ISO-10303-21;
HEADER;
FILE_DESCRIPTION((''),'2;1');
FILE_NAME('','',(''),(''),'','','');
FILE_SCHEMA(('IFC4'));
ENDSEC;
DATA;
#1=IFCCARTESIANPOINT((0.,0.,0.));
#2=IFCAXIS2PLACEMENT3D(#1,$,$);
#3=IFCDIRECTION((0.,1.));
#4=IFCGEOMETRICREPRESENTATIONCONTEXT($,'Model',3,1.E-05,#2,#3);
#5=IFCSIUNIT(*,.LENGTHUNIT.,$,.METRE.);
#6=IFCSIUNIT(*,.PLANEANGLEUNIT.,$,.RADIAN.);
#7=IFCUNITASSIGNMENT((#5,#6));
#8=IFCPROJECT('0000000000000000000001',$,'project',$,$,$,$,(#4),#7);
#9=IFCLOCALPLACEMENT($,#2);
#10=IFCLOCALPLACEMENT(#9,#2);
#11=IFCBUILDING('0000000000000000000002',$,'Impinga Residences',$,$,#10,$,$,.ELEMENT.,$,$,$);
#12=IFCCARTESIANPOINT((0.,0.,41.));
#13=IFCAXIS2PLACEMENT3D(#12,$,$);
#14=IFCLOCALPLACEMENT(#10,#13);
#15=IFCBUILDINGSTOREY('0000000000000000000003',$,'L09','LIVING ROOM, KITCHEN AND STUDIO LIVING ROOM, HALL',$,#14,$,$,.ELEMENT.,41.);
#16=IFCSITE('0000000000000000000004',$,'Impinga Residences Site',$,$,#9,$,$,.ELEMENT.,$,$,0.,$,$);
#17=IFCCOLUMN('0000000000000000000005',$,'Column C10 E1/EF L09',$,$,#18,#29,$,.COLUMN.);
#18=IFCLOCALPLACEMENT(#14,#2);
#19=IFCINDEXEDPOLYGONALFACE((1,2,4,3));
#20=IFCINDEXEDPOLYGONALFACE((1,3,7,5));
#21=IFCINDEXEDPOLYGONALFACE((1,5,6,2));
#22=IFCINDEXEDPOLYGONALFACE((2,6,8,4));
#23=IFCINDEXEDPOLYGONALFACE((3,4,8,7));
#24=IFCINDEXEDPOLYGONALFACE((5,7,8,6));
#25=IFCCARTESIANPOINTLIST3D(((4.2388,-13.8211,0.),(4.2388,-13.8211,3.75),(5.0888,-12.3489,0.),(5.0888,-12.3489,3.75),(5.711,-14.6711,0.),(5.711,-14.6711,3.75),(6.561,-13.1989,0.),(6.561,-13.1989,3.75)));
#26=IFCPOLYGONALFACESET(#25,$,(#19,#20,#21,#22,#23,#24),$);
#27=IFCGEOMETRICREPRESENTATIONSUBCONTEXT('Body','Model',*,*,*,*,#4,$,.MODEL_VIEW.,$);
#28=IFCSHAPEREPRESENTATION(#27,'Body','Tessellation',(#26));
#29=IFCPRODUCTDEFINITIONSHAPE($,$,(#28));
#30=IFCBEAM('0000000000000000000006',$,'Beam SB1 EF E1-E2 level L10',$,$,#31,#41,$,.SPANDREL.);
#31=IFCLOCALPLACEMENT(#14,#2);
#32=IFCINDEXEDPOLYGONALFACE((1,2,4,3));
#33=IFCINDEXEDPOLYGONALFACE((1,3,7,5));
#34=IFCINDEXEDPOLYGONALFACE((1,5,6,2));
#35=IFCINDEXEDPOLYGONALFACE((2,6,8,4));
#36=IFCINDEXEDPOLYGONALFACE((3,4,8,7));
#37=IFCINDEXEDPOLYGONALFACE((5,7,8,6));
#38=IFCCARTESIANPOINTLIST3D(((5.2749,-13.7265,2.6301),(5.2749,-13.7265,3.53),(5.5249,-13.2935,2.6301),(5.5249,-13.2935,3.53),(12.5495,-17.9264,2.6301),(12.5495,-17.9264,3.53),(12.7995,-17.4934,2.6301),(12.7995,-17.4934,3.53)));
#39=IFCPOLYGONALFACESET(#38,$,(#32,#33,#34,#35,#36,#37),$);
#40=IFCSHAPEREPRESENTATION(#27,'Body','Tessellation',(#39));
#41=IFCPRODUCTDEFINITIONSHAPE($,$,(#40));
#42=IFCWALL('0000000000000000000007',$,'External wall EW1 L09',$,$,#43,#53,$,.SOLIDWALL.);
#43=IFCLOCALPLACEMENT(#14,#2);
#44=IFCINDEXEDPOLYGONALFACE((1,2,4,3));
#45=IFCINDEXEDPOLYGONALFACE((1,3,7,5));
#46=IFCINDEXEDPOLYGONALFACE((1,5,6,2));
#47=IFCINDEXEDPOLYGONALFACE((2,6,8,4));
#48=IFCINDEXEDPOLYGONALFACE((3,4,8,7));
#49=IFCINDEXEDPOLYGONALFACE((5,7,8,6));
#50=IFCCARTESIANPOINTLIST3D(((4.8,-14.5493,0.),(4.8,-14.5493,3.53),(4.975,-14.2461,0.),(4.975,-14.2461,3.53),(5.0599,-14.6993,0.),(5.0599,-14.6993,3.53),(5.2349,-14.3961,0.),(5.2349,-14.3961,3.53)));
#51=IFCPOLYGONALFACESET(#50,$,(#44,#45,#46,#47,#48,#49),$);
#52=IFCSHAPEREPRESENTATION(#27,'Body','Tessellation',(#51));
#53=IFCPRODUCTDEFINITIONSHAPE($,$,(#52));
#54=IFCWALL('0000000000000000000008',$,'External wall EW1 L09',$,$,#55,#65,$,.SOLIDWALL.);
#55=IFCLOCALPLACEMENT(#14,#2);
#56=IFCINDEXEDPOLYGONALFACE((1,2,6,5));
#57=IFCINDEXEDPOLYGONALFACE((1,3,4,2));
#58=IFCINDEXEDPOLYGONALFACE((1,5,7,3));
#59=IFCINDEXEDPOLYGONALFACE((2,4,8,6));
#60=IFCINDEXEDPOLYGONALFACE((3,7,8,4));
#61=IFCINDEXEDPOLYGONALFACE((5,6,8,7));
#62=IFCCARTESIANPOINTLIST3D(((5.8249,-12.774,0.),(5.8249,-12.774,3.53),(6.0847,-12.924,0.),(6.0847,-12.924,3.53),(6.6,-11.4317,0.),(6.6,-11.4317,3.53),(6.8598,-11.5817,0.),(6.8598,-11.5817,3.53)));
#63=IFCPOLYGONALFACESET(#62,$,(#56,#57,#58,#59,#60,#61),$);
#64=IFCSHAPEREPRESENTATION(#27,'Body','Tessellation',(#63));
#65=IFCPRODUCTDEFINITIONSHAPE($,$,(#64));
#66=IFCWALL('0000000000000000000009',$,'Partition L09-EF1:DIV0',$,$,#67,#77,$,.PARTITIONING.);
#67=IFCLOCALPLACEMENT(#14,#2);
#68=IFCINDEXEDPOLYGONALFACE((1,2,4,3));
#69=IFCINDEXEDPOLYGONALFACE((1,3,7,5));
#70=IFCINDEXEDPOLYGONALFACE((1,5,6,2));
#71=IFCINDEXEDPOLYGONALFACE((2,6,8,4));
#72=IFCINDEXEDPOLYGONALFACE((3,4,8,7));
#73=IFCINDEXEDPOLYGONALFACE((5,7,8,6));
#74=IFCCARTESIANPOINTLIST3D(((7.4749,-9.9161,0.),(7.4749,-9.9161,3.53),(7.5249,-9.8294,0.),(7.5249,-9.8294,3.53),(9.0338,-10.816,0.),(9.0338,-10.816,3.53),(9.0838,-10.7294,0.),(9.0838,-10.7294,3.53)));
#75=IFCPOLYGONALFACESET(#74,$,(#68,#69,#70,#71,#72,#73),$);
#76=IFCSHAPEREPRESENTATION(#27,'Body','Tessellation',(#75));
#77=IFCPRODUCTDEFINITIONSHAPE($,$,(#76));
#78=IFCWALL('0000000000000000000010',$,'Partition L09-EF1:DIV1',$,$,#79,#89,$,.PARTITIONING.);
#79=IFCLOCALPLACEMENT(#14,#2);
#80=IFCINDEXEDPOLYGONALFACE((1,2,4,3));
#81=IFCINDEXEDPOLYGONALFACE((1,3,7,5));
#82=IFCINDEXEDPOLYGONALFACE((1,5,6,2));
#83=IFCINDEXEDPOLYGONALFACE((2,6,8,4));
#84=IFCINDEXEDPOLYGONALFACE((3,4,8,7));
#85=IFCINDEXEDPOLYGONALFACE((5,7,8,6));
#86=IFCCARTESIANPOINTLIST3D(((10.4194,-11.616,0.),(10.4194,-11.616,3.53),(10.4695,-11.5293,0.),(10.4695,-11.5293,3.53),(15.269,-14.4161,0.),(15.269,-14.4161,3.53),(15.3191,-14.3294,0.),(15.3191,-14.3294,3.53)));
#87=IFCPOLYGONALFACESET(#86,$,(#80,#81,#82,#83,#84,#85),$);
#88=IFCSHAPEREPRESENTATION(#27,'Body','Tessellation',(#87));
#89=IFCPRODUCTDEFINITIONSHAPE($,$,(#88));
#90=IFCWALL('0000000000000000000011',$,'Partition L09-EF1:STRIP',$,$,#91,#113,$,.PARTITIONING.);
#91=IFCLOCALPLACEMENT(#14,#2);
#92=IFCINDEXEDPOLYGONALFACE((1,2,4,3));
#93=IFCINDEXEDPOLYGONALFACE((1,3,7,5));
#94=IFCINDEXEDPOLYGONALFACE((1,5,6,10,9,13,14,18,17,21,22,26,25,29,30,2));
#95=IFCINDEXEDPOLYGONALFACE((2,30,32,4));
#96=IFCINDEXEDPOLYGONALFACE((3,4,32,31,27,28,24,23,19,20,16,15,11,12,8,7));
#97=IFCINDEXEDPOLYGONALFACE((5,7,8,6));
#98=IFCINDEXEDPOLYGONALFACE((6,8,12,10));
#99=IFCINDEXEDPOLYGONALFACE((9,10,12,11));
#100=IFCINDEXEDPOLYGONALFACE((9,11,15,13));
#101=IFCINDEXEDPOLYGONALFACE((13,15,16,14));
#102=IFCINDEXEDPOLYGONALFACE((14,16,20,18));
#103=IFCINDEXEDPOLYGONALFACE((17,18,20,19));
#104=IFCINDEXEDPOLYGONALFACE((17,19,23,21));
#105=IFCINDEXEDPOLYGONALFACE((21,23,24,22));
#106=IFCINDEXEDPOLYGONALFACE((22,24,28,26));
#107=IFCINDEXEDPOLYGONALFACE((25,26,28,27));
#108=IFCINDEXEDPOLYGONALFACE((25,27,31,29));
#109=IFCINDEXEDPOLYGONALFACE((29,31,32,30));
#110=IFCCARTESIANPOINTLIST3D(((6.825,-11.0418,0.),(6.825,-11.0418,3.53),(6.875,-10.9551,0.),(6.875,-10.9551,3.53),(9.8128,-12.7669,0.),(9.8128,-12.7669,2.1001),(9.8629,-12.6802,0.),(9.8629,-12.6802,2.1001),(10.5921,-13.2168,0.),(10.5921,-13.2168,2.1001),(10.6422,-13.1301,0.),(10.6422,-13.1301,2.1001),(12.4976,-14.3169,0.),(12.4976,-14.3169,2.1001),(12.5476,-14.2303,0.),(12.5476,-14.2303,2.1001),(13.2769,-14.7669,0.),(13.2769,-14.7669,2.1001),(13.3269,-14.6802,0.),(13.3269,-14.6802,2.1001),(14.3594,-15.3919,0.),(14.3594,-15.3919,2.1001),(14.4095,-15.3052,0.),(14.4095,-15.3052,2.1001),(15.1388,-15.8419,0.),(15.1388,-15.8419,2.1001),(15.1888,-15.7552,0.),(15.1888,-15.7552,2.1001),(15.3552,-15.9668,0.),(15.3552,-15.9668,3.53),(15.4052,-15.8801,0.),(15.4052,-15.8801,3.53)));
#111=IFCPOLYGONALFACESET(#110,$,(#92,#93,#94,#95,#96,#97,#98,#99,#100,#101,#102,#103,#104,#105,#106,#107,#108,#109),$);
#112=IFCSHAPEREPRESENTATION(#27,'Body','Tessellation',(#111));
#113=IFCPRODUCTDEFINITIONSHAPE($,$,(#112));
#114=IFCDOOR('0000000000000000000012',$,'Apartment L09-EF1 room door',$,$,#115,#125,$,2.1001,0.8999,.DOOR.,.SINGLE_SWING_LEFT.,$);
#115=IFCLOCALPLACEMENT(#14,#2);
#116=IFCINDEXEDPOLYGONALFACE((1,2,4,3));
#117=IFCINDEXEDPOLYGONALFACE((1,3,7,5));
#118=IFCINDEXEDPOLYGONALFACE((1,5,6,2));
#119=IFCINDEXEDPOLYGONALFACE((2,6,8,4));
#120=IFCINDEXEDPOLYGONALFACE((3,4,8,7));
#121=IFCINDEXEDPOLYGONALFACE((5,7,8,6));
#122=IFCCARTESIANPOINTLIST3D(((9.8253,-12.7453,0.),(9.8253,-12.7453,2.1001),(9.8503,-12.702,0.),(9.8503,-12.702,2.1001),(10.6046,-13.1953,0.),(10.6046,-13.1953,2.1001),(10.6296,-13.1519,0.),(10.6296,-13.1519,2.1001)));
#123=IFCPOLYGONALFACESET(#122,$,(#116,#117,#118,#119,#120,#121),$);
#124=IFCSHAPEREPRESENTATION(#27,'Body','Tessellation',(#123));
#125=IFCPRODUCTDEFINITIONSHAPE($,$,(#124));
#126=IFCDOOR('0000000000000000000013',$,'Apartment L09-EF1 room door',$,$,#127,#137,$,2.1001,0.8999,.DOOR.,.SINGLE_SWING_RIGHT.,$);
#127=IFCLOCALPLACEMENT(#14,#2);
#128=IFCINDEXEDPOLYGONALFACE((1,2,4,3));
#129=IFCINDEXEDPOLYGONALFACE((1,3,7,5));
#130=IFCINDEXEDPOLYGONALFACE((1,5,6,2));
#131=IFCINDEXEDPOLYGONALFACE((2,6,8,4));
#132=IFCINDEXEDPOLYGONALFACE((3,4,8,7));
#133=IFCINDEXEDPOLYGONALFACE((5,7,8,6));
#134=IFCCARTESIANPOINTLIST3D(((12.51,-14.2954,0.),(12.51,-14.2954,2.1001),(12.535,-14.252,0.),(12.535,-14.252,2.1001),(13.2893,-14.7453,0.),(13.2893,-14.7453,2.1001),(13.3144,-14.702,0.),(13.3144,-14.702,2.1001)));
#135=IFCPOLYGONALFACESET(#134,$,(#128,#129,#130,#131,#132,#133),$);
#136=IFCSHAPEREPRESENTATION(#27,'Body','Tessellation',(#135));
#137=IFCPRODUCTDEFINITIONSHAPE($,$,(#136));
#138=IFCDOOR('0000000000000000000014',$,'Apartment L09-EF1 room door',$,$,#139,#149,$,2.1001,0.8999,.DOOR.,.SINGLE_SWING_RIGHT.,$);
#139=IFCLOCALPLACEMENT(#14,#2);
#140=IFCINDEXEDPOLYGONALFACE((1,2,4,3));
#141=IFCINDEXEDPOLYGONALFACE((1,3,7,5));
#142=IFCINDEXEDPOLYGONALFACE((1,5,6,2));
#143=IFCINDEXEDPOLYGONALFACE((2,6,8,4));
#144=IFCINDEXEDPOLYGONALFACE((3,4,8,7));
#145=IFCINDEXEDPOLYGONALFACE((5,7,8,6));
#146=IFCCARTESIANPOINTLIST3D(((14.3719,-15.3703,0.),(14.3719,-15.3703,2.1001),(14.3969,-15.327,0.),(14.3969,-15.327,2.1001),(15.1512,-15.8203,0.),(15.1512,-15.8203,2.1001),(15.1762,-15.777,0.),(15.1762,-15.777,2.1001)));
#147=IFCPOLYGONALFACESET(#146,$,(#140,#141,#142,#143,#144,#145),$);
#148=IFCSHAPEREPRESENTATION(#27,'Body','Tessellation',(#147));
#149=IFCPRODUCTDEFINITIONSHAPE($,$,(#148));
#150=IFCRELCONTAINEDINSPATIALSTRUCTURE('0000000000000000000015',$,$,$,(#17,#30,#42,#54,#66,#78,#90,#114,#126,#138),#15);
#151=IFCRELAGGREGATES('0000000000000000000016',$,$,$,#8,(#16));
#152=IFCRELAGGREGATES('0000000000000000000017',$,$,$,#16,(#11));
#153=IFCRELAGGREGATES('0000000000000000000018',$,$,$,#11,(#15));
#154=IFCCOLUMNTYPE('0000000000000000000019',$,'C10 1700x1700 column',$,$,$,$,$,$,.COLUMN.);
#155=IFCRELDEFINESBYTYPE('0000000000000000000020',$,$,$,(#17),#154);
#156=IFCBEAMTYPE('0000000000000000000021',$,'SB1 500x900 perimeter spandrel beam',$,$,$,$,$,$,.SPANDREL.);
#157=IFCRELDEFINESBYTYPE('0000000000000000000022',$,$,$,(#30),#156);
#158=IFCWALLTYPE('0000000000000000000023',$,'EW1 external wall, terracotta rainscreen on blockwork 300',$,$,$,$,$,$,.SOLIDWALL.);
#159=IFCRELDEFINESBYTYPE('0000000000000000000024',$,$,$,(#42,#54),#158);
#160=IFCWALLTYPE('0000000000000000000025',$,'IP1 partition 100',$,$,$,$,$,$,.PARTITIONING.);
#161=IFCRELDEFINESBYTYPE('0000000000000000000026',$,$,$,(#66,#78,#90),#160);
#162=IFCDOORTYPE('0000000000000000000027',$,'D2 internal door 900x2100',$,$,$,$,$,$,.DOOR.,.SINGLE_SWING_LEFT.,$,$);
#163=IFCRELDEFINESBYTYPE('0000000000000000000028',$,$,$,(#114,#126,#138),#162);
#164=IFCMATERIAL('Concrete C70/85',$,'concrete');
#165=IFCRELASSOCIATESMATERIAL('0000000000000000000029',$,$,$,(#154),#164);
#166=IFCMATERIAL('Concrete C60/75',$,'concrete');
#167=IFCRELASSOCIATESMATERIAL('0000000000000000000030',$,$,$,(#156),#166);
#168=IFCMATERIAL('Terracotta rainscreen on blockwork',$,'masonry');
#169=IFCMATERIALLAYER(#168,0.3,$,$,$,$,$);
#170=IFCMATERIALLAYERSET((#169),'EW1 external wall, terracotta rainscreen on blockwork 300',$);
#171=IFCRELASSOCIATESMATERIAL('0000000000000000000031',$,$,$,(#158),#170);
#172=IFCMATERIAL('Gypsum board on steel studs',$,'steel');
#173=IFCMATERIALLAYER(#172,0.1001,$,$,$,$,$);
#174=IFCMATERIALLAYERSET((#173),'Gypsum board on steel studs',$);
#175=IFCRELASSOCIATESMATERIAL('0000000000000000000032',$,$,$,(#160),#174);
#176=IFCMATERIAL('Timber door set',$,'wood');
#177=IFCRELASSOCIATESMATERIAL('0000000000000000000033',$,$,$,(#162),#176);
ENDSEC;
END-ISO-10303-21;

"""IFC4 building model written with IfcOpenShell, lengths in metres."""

from ifc_helpers import new_model, si_unit, direction, frame, frame_2d, origin, origin_2d, place, context, subcontext, project, spatial, rectangle, extrude, material, layer, layer_set, material_profile, profile_set, type_object, element, fill, save


model = new_model("IFC4")

# Units and contexts
model_context = context("Model", 3, precision=1e-05, world=origin(), true_north=direction((0.0, 1.0)))
body_context = subcontext(model_context, "Body", "Model", "MODEL_VIEW")
ifc_project = project(units=[si_unit("LENGTHUNIT", "METRE"), si_unit("PLANEANGLEUNIT", "RADIAN")], contexts=[model_context])

# Site, building, storey
site_placement = place(None, origin())
site = spatial("IfcSite", under=ifc_project, at=site_placement, Name="Impinga Residences Site", CompositionType="ELEMENT", RefElevation=0.0)
building_placement = place(site_placement, origin())
building = spatial("IfcBuilding", under=site, at=building_placement, Name="Impinga Residences", CompositionType="ELEMENT")
storey_placement = place(building_placement, frame((0.0, 0.0, 41.0)))
storey = spatial("IfcBuildingStorey", under=building, at=storey_placement, Name="L09", Description="LIVING ROOM, KITCHEN AND STUDIO LIVING ROOM, HALL", CompositionType="ELEMENT", Elevation=41.0)

# Column
ifc_material_1 = material(Name="Concrete C70/85", Category="concrete")
ifc_material_profile_1 = material_profile(ifc_material_1, rectangle(XDim=1.7, YDim=1.7, at=origin_2d()), Name="RC 1700x1700")
ifc_profile_set_1 = profile_set([ifc_material_profile_1], Name="Concrete C70/85")
column_type = type_object("IfcColumnType", Name="C10 1700x1700 column", PredefinedType="COLUMN", material=ifc_profile_set_1)
column_placement = place(storey_placement, frame((5.3999, -13.51, 0.0), z_axis=(0.0, 0.0, 1.0), x_axis=(-0.5, -0.866025, 0.0)))
element("IfcColumn", 1, at=column_placement, inside=storey, type_object=column_type, Name="Column C10 E1/EF L09", PredefinedType="COLUMN", context=body_context, shape_type="SweptSolid", body=[
    extrude(rectangle(XDim=1.7, YDim=1.7, at=origin_2d()), origin(), (0.0, 0.0, 1.0), 3.75),
])

# Beam
ifc_material_2 = material(Name="Concrete C60/75", Category="concrete")
ifc_material_profile_2 = material_profile(ifc_material_2, rectangle(XDim=0.5, YDim=0.8999, at=origin_2d()), Name="RC 500x900")
ifc_profile_set_2 = profile_set([ifc_material_profile_2], Name="Concrete C60/75")
beam_type = type_object("IfcBeamType", Name="SB1 500x900 perimeter spandrel beam", PredefinedType="SPANDREL", material=ifc_profile_set_2)
beam_placement = place(storey_placement, frame((5.3999, -13.51, 3.0801), z_axis=(0.866029, -0.499993, 0.0), x_axis=(0.499993, 0.866029, 0.0)))
element("IfcBeam", 2, at=beam_placement, inside=storey, type_object=beam_type, Name="Beam SB1 EF E1-E2 level L10", PredefinedType="SPANDREL", context=body_context, shape_type="SweptSolid", body=[
    extrude(rectangle(XDim=0.5, YDim=0.8999, at=origin_2d()), origin(), (0.0, 0.0, 1.0), 8.3999),
])

# Walls
ifc_material_3 = material(Name="Terracotta rainscreen on blockwork", Category="masonry")
ifc_layer_1 = layer(ifc_material_3, 0.3)
ifc_layer_set_1 = layer_set([ifc_layer_1], Name="EW1 external wall, terracotta rainscreen on blockwork 300")
wall_type_1 = type_object("IfcWallType", Name="EW1 external wall, terracotta rainscreen on blockwork 300", PredefinedType="SOLIDWALL", material=ifc_layer_set_1)
wall_1_placement = place(storey_placement, frame((4.9299, -14.6243, 0.0), z_axis=(0.0, 0.0, 1.0), x_axis=(0.499964, 0.866046, 0.0)))
element("IfcWall", 3, at=wall_1_placement, inside=storey, type_object=wall_type_1, Name="External wall EW1 L09", PredefinedType="SOLIDWALL", context=body_context, shape_type="SweptSolid", body=[
    extrude(rectangle(XDim=0.3501, YDim=0.3, at=frame_2d((0.175, 0.0))), origin(), (0.0, 0.0, 1.0), 3.53),
])
wall_2_placement = place(storey_placement, frame((5.9548, -12.8489, 0.0), z_axis=(0.0, 0.0, 1.0), x_axis=(0.500086, 0.865976, 0.0)))
element("IfcWall", 4, at=wall_2_placement, inside=storey, type_object=wall_type_1, Name="External wall EW1 L09", PredefinedType="SOLIDWALL", context=body_context, shape_type="SweptSolid", body=[
    extrude(rectangle(XDim=1.55, YDim=0.3, at=frame_2d((0.7749, 0.0))), origin(), (0.0, 0.0, 1.0), 3.53),
])
ifc_material_4 = material(Name="Gypsum board on steel studs", Category="steel")
ifc_layer_2 = layer(ifc_material_4, 0.1001)
ifc_layer_set_2 = layer_set([ifc_layer_2], Name="Gypsum board on steel studs")
wall_type_2 = type_object("IfcWallType", Name="IP1 partition 100", PredefinedType="PARTITIONING", material=ifc_layer_set_2)
wall_3_placement = place(storey_placement, frame((7.5, -9.8728, 0.0), z_axis=(0.0, 0.0, 1.0), x_axis=(0.866048, -0.499961, 0.0)))
element("IfcWall", 5, at=wall_3_placement, inside=storey, type_object=wall_type_2, Name="Partition L09-EF1:DIV0", PredefinedType="PARTITIONING", context=body_context, shape_type="SweptSolid", body=[
    extrude(rectangle(XDim=1.8, YDim=0.1001, at=frame_2d((0.8999, 0.0))), origin(), (0.0, 0.0, 1.0), 3.53),
])
wall_4_placement = place(storey_placement, frame((10.4446, -11.5728, 0.0), z_axis=(0.0, 0.0, 1.0), x_axis=(0.866016, -0.500017, 0.0)))
element("IfcWall", 6, at=wall_4_placement, inside=storey, type_object=wall_type_2, Name="Partition L09-EF1:DIV1", PredefinedType="PARTITIONING", context=body_context, shape_type="SweptSolid", body=[
    extrude(rectangle(XDim=5.5999, YDim=0.1001, at=frame_2d((2.7998, 0.0))), origin(), (0.0, 0.0, 1.0), 3.53),
])

# Wall, openings, doors
wall_5_placement = place(storey_placement, frame((6.8501, -10.9985, 0.0), z_axis=(0.0, 0.0, 1.0), x_axis=(0.866021, -0.500007, 0.0)))
wall_5 = element("IfcWall", 7, at=wall_5_placement, inside=storey, type_object=wall_type_2, Name="Partition L09-EF1:STRIP", PredefinedType="PARTITIONING", context=body_context, shape_type="SweptSolid", body=[
    extrude(rectangle(XDim=9.8499, YDim=0.1001, at=frame_2d((4.9248, 0.0))), origin(), (0.0, 0.0, 1.0), 3.53),
])
opening_1_placement = place(wall_5_placement, frame((3.45, 0.0, 0.0)))
opening_1 = element("IfcOpeningElement", 8, at=opening_1_placement, cuts=wall_5, PredefinedType="OPENING", context=body_context, shape_type="SweptSolid", body=[
    extrude(rectangle(XDim=0.8999, YDim=2.1001, at=frame_2d((0.45, 1.05))), frame((0.0, 0.0601, 0.0), z_axis=(0.0, -1.0, 0.0), x_axis=(1.0, 0.0, 0.0)), (0.0, 0.0, 1.0), 0.1201),
])
opening_2_placement = place(wall_5_placement, frame((6.55, 0.0, 0.0)))
opening_2 = element("IfcOpeningElement", 9, at=opening_2_placement, cuts=wall_5, PredefinedType="OPENING", context=body_context, shape_type="SweptSolid", body=[
    extrude(rectangle(XDim=0.8999, YDim=2.1001, at=frame_2d((0.45, 1.05))), frame((0.0, 0.0601, 0.0), z_axis=(0.0, -1.0, 0.0), x_axis=(1.0, 0.0, 0.0)), (0.0, 0.0, 1.0), 0.1201),
])
opening_3_placement = place(wall_5_placement, frame((8.7, 0.0, 0.0)))
opening_3 = element("IfcOpeningElement", 10, at=opening_3_placement, cuts=wall_5, PredefinedType="OPENING", context=body_context, shape_type="SweptSolid", body=[
    extrude(rectangle(XDim=0.8999, YDim=2.1001, at=frame_2d((0.45, 1.05))), frame((0.0, 0.0601, 0.0), z_axis=(0.0, -1.0, 0.0), x_axis=(1.0, 0.0, 0.0)), (0.0, 0.0, 1.0), 0.1201),
])
ifc_material_5 = material(Name="Timber door set", Category="wood")
door_type_1 = type_object("IfcDoorType", Name="D2 internal door 900x2100", OperationType="SINGLE_SWING_LEFT", PredefinedType="DOOR", material=ifc_material_5)
door_1_placement = place(opening_1_placement, origin())
door_1 = element("IfcDoor", 11, at=door_1_placement, inside=storey, type_object=door_type_1, Name="Apartment L09-EF1 room door", OperationType="SINGLE_SWING_LEFT", OverallHeight=2.1001, OverallWidth=0.8999, PredefinedType="DOOR", context=body_context, shape_type="SweptSolid", body=[
    extrude(rectangle(XDim=0.8999, YDim=2.1001, at=frame_2d((0.45, 1.05))), frame((0.0, 0.0249, 0.0), z_axis=(0.0, -1.0, 0.0), x_axis=(1.0, 0.0, 0.0)), (0.0, 0.0, 1.0), 0.05),
])
fill(opening_1, door_1)
door_2_placement = place(opening_2_placement, origin())
door_2 = element("IfcDoor", 12, at=door_2_placement, inside=storey, type_object=door_type_1, Name="Apartment L09-EF1 room door", OperationType="SINGLE_SWING_RIGHT", OverallHeight=2.1001, OverallWidth=0.8999, PredefinedType="DOOR", context=body_context, shape_type="SweptSolid", body=[
    extrude(rectangle(XDim=0.8999, YDim=2.1001, at=frame_2d((0.45, 1.05))), frame((0.0, 0.0249, 0.0), z_axis=(0.0, -1.0, 0.0), x_axis=(1.0, 0.0, 0.0)), (0.0, 0.0, 1.0), 0.05),
])
fill(opening_2, door_2)
door_3_placement = place(opening_3_placement, origin())
door_3 = element("IfcDoor", 13, at=door_3_placement, inside=storey, type_object=door_type_1, Name="Apartment L09-EF1 room door", OperationType="SINGLE_SWING_RIGHT", OverallHeight=2.1001, OverallWidth=0.8999, PredefinedType="DOOR", context=body_context, shape_type="SweptSolid", body=[
    extrude(rectangle(XDim=0.8999, YDim=2.1001, at=frame_2d((0.45, 1.05))), frame((0.0, 0.0249, 0.0), z_axis=(0.0, -1.0, 0.0), x_axis=(1.0, 0.0, 0.0)), (0.0, 0.0, 1.0), 0.05),
])
fill(opening_3, door_3)

save(model, "model.ifc")
